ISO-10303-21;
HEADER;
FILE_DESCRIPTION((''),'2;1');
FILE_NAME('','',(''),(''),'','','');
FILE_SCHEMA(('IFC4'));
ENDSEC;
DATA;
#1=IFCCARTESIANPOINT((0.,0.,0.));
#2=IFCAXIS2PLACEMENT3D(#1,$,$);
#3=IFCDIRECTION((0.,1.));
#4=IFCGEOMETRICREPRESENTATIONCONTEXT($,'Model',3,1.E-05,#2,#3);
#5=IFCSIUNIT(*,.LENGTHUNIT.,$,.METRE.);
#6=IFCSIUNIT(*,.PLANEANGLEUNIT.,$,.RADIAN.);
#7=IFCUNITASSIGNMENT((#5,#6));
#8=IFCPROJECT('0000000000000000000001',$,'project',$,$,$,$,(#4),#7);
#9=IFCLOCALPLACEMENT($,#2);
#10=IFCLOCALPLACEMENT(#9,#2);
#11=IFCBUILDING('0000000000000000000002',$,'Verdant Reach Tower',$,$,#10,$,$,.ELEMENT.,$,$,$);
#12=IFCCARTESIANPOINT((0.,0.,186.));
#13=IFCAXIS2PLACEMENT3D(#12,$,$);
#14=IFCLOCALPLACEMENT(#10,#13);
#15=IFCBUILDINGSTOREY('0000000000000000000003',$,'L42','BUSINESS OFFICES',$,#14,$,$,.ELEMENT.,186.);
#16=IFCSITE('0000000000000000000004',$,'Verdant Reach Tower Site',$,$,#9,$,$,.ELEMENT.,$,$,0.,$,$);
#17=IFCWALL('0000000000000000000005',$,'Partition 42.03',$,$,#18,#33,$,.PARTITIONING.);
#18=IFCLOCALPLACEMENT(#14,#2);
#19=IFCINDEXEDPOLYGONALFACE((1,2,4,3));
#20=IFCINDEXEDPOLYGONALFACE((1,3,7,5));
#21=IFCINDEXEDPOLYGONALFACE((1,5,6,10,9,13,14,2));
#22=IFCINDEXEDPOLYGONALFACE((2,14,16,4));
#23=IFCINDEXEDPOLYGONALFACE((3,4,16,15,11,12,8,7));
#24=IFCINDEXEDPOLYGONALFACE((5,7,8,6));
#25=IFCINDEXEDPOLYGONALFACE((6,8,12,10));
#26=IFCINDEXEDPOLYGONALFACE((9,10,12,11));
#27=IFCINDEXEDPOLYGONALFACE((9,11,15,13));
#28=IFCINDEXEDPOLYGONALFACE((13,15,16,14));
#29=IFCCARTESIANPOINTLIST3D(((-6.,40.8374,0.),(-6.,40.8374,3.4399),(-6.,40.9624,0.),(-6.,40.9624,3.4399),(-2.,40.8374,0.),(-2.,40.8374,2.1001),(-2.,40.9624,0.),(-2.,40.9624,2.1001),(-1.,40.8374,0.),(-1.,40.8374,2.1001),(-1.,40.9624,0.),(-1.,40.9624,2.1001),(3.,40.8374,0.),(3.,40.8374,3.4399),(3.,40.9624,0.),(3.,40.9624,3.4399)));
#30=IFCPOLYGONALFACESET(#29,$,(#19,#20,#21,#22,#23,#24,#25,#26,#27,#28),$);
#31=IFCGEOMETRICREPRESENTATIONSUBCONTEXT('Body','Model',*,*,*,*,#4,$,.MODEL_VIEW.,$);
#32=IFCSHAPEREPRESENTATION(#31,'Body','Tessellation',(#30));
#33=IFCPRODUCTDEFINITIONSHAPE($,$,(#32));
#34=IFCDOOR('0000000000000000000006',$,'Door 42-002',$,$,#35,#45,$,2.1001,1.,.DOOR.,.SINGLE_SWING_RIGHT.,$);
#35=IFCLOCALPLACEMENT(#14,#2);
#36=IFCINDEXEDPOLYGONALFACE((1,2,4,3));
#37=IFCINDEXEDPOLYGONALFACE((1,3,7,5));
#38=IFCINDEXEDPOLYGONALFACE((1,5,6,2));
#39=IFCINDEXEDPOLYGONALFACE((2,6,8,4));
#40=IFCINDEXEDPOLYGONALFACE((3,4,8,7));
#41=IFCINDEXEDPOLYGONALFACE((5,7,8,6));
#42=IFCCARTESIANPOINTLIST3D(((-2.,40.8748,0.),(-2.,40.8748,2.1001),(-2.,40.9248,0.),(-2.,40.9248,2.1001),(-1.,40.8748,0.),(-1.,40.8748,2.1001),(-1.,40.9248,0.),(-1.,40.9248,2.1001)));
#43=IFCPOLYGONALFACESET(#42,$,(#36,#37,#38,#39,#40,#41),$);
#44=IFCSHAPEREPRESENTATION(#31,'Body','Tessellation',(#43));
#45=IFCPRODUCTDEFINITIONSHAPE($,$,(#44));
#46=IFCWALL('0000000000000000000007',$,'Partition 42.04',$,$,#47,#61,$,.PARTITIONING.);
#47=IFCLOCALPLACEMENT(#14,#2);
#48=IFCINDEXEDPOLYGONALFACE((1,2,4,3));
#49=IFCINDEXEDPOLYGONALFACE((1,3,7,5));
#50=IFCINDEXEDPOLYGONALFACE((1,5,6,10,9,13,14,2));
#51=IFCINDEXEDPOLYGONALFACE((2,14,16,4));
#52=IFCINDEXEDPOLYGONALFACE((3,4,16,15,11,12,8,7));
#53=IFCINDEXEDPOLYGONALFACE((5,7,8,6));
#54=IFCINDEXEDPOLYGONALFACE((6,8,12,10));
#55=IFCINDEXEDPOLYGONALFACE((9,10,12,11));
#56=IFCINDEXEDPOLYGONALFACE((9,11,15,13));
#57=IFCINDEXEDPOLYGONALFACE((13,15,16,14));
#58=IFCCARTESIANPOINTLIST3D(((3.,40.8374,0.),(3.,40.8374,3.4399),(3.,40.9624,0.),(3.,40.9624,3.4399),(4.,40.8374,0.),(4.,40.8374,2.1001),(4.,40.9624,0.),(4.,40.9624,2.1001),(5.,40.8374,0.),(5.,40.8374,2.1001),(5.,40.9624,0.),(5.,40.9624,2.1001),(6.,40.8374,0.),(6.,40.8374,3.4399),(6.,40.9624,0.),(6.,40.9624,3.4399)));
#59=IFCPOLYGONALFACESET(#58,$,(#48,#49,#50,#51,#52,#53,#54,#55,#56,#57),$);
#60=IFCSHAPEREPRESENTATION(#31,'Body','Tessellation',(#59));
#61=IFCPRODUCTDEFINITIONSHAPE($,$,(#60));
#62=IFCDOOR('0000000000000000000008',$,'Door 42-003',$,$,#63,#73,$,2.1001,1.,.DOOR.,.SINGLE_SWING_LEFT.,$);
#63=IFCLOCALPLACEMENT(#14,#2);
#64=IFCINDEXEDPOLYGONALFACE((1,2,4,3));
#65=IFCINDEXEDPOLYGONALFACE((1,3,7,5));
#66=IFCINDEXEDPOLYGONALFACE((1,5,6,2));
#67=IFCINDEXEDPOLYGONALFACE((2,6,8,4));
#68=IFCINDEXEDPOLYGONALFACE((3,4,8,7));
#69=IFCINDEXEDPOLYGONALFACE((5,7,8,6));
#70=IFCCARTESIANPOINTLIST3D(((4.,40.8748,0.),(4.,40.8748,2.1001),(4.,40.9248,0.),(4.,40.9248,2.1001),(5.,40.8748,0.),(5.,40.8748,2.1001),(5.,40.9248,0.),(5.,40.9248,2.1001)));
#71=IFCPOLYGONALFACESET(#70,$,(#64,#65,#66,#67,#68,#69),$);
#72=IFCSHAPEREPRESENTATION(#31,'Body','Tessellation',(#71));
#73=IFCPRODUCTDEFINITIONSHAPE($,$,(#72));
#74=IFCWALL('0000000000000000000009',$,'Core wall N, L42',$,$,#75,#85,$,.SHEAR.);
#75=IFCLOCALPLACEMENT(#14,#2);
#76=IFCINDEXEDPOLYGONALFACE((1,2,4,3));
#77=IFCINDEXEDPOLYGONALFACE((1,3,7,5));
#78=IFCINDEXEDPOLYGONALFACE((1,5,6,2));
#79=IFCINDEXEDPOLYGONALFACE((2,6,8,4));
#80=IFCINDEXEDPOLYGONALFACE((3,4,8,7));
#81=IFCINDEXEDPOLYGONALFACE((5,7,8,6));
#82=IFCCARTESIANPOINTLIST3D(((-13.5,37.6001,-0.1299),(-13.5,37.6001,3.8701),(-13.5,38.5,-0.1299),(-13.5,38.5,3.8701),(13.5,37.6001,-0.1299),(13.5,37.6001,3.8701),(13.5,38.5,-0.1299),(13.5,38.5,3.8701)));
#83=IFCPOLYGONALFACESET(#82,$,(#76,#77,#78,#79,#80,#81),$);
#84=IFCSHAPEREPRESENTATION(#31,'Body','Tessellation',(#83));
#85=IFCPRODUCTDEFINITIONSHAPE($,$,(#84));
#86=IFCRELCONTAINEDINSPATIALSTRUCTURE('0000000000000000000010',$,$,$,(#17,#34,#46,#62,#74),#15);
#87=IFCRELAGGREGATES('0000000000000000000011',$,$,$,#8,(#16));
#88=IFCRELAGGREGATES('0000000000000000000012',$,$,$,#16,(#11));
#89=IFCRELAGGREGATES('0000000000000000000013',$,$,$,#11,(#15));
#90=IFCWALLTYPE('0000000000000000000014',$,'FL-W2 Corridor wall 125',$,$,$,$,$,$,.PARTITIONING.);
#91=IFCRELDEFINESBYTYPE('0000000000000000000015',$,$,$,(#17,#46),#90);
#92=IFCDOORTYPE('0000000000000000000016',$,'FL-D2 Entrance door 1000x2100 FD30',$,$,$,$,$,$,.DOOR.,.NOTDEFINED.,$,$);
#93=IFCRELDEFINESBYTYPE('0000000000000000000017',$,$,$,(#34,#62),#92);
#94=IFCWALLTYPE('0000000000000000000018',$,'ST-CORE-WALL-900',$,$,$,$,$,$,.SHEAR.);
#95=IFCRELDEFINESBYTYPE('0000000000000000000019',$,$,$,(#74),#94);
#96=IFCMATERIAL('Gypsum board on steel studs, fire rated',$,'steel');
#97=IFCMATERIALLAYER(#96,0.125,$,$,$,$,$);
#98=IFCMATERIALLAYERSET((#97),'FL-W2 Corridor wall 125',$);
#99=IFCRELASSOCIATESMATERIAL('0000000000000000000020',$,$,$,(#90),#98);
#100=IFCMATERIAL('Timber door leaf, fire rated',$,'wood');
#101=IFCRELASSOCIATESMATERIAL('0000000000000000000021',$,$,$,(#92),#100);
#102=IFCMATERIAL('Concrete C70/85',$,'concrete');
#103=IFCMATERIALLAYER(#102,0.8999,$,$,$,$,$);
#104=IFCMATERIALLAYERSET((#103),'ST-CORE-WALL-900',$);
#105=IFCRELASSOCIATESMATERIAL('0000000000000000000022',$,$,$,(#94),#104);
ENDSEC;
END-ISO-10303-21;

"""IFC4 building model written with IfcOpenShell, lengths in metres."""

from ifc_helpers import new_model, si_unit, direction, frame, frame_2d, origin, place, context, subcontext, project, spatial, rectangle, extrude, material, layer, layer_set, type_object, element, fill, save


model = new_model("IFC4")

# Units and contexts
model_context = context("Model", 3, precision=1e-05, world=origin(), true_north=direction((0.0, 1.0)))
body_context = subcontext(model_context, "Body", "Model", "MODEL_VIEW")
ifc_project = project(units=[si_unit("LENGTHUNIT", "METRE"), si_unit("PLANEANGLEUNIT", "RADIAN")], contexts=[model_context])

# Site, building, storey
site_placement = place(None, origin())
site = spatial("IfcSite", under=ifc_project, at=site_placement, Name="Verdant Reach Tower Site", CompositionType="ELEMENT", RefElevation=0.0)
building_placement = place(site_placement, origin())
building = spatial("IfcBuilding", under=site, at=building_placement, Name="Verdant Reach Tower", CompositionType="ELEMENT")
storey_placement = place(building_placement, frame((0.0, 0.0, 186.0)))
storey = spatial("IfcBuildingStorey", under=building, at=storey_placement, Name="L42", Description="BUSINESS OFFICES", CompositionType="ELEMENT", Elevation=186.0)

# Shared definitions
ifc_material_1 = material(Name="Gypsum board on steel studs, fire rated", Category="steel")
ifc_layer_1 = layer(ifc_material_1, 0.125)
ifc_layer_set_1 = layer_set([ifc_layer_1], Name="FL-W2 Corridor wall 125")
wall_type_1 = type_object("IfcWallType", Name="FL-W2 Corridor wall 125", PredefinedType="PARTITIONING", material=ifc_layer_set_1)

# Walls, openings, doors
wall_1_placement = place(storey_placement, frame((-6.0, 40.8999, 0.0), z_axis=(0.0, 0.0, 1.0), x_axis=(1.0, 0.0, 0.0)))
wall_1 = element("IfcWall", 1, at=wall_1_placement, inside=storey, type_object=wall_type_1, Name="Partition 42.03", PredefinedType="PARTITIONING", context=body_context, shape_type="SweptSolid", body=[
    extrude(rectangle(XDim=9.0, YDim=0.125, at=frame_2d((4.5, 0.0))), origin(), (0.0, 0.0, 1.0), 3.4399),
])
opening_1_placement = place(wall_1_placement, frame((4.0, 0.0, 0.0)))
opening_1 = element("IfcOpeningElement", 2, at=opening_1_placement, cuts=wall_1, PredefinedType="OPENING", context=body_context, shape_type="SweptSolid", body=[
    extrude(rectangle(XDim=1.0, YDim=2.1001, at=frame_2d((0.5, 1.05))), frame((0.0, 0.0725, 0.0), z_axis=(0.0, -1.0, 0.0), x_axis=(1.0, 0.0, 0.0)), (0.0, 0.0, 1.0), 0.145),
])
ifc_material_2 = material(Name="Timber door leaf, fire rated", Category="wood")
door_type_1 = type_object("IfcDoorType", Name="FL-D2 Entrance door 1000x2100 FD30", OperationType="NOTDEFINED", PredefinedType="DOOR", material=ifc_material_2)
door_1_placement = place(opening_1_placement, origin())
door_1 = element("IfcDoor", 3, at=door_1_placement, inside=storey, type_object=door_type_1, Name="Door 42-002", OperationType="SINGLE_SWING_RIGHT", OverallHeight=2.1001, OverallWidth=1.0, PredefinedType="DOOR", context=body_context, shape_type="SweptSolid", body=[
    extrude(rectangle(XDim=1.0, YDim=2.1001, at=frame_2d((0.5, 1.05))), frame((0.0, 0.0249, 0.0), z_axis=(0.0, -1.0, 0.0), x_axis=(1.0, 0.0, 0.0)), (0.0, 0.0, 1.0), 0.05),
])
fill(opening_1, door_1)
wall_2_placement = place(storey_placement, frame((3.0, 40.8999, 0.0), z_axis=(0.0, 0.0, 1.0), x_axis=(1.0, 0.0, 0.0)))
wall_2 = element("IfcWall", 4, at=wall_2_placement, inside=storey, type_object=wall_type_1, Name="Partition 42.04", PredefinedType="PARTITIONING", context=body_context, shape_type="SweptSolid", body=[
    extrude(rectangle(XDim=3.0, YDim=0.125, at=frame_2d((1.5, 0.0))), origin(), (0.0, 0.0, 1.0), 3.4399),
])
opening_2_placement = place(wall_2_placement, frame((1.0, 0.0, 0.0)))
opening_2 = element("IfcOpeningElement", 5, at=opening_2_placement, cuts=wall_2, PredefinedType="OPENING", context=body_context, shape_type="SweptSolid", body=[
    extrude(rectangle(XDim=1.0, YDim=2.1001, at=frame_2d((0.5, 1.05))), frame((0.0, 0.0725, 0.0), z_axis=(0.0, -1.0, 0.0), x_axis=(1.0, 0.0, 0.0)), (0.0, 0.0, 1.0), 0.145),
])
door_2_placement = place(opening_2_placement, origin())
door_2 = element("IfcDoor", 6, at=door_2_placement, inside=storey, type_object=door_type_1, Name="Door 42-003", OperationType="SINGLE_SWING_LEFT", OverallHeight=2.1001, OverallWidth=1.0, PredefinedType="DOOR", context=body_context, shape_type="SweptSolid", body=[
    extrude(rectangle(XDim=1.0, YDim=2.1001, at=frame_2d((0.5, 1.05))), frame((0.0, 0.0249, 0.0), z_axis=(0.0, -1.0, 0.0), x_axis=(1.0, 0.0, 0.0)), (0.0, 0.0, 1.0), 0.05),
])
fill(opening_2, door_2)

# Wall
ifc_material_3 = material(Name="Concrete C70/85", Category="concrete")
ifc_layer_2 = layer(ifc_material_3, 0.8999)
ifc_layer_set_2 = layer_set([ifc_layer_2], Name="ST-CORE-WALL-900")
wall_type_2 = type_object("IfcWallType", Name="ST-CORE-WALL-900", PredefinedType="SHEAR", material=ifc_layer_set_2)
wall_3_placement = place(storey_placement, frame((-13.5, 38.05, -0.1299), z_axis=(0.0, 0.0, 1.0), x_axis=(1.0, 0.0, 0.0)))
element("IfcWall", 7, at=wall_3_placement, inside=storey, type_object=wall_type_2, Name="Core wall N, L42", PredefinedType="SHEAR", context=body_context, shape_type="SweptSolid", body=[
    extrude(rectangle(XDim=27.0, YDim=0.8999, at=frame_2d((13.5, 0.0))), origin(), (0.0, 0.0, 1.0), 4.0),
])

save(model, "model.ifc")
